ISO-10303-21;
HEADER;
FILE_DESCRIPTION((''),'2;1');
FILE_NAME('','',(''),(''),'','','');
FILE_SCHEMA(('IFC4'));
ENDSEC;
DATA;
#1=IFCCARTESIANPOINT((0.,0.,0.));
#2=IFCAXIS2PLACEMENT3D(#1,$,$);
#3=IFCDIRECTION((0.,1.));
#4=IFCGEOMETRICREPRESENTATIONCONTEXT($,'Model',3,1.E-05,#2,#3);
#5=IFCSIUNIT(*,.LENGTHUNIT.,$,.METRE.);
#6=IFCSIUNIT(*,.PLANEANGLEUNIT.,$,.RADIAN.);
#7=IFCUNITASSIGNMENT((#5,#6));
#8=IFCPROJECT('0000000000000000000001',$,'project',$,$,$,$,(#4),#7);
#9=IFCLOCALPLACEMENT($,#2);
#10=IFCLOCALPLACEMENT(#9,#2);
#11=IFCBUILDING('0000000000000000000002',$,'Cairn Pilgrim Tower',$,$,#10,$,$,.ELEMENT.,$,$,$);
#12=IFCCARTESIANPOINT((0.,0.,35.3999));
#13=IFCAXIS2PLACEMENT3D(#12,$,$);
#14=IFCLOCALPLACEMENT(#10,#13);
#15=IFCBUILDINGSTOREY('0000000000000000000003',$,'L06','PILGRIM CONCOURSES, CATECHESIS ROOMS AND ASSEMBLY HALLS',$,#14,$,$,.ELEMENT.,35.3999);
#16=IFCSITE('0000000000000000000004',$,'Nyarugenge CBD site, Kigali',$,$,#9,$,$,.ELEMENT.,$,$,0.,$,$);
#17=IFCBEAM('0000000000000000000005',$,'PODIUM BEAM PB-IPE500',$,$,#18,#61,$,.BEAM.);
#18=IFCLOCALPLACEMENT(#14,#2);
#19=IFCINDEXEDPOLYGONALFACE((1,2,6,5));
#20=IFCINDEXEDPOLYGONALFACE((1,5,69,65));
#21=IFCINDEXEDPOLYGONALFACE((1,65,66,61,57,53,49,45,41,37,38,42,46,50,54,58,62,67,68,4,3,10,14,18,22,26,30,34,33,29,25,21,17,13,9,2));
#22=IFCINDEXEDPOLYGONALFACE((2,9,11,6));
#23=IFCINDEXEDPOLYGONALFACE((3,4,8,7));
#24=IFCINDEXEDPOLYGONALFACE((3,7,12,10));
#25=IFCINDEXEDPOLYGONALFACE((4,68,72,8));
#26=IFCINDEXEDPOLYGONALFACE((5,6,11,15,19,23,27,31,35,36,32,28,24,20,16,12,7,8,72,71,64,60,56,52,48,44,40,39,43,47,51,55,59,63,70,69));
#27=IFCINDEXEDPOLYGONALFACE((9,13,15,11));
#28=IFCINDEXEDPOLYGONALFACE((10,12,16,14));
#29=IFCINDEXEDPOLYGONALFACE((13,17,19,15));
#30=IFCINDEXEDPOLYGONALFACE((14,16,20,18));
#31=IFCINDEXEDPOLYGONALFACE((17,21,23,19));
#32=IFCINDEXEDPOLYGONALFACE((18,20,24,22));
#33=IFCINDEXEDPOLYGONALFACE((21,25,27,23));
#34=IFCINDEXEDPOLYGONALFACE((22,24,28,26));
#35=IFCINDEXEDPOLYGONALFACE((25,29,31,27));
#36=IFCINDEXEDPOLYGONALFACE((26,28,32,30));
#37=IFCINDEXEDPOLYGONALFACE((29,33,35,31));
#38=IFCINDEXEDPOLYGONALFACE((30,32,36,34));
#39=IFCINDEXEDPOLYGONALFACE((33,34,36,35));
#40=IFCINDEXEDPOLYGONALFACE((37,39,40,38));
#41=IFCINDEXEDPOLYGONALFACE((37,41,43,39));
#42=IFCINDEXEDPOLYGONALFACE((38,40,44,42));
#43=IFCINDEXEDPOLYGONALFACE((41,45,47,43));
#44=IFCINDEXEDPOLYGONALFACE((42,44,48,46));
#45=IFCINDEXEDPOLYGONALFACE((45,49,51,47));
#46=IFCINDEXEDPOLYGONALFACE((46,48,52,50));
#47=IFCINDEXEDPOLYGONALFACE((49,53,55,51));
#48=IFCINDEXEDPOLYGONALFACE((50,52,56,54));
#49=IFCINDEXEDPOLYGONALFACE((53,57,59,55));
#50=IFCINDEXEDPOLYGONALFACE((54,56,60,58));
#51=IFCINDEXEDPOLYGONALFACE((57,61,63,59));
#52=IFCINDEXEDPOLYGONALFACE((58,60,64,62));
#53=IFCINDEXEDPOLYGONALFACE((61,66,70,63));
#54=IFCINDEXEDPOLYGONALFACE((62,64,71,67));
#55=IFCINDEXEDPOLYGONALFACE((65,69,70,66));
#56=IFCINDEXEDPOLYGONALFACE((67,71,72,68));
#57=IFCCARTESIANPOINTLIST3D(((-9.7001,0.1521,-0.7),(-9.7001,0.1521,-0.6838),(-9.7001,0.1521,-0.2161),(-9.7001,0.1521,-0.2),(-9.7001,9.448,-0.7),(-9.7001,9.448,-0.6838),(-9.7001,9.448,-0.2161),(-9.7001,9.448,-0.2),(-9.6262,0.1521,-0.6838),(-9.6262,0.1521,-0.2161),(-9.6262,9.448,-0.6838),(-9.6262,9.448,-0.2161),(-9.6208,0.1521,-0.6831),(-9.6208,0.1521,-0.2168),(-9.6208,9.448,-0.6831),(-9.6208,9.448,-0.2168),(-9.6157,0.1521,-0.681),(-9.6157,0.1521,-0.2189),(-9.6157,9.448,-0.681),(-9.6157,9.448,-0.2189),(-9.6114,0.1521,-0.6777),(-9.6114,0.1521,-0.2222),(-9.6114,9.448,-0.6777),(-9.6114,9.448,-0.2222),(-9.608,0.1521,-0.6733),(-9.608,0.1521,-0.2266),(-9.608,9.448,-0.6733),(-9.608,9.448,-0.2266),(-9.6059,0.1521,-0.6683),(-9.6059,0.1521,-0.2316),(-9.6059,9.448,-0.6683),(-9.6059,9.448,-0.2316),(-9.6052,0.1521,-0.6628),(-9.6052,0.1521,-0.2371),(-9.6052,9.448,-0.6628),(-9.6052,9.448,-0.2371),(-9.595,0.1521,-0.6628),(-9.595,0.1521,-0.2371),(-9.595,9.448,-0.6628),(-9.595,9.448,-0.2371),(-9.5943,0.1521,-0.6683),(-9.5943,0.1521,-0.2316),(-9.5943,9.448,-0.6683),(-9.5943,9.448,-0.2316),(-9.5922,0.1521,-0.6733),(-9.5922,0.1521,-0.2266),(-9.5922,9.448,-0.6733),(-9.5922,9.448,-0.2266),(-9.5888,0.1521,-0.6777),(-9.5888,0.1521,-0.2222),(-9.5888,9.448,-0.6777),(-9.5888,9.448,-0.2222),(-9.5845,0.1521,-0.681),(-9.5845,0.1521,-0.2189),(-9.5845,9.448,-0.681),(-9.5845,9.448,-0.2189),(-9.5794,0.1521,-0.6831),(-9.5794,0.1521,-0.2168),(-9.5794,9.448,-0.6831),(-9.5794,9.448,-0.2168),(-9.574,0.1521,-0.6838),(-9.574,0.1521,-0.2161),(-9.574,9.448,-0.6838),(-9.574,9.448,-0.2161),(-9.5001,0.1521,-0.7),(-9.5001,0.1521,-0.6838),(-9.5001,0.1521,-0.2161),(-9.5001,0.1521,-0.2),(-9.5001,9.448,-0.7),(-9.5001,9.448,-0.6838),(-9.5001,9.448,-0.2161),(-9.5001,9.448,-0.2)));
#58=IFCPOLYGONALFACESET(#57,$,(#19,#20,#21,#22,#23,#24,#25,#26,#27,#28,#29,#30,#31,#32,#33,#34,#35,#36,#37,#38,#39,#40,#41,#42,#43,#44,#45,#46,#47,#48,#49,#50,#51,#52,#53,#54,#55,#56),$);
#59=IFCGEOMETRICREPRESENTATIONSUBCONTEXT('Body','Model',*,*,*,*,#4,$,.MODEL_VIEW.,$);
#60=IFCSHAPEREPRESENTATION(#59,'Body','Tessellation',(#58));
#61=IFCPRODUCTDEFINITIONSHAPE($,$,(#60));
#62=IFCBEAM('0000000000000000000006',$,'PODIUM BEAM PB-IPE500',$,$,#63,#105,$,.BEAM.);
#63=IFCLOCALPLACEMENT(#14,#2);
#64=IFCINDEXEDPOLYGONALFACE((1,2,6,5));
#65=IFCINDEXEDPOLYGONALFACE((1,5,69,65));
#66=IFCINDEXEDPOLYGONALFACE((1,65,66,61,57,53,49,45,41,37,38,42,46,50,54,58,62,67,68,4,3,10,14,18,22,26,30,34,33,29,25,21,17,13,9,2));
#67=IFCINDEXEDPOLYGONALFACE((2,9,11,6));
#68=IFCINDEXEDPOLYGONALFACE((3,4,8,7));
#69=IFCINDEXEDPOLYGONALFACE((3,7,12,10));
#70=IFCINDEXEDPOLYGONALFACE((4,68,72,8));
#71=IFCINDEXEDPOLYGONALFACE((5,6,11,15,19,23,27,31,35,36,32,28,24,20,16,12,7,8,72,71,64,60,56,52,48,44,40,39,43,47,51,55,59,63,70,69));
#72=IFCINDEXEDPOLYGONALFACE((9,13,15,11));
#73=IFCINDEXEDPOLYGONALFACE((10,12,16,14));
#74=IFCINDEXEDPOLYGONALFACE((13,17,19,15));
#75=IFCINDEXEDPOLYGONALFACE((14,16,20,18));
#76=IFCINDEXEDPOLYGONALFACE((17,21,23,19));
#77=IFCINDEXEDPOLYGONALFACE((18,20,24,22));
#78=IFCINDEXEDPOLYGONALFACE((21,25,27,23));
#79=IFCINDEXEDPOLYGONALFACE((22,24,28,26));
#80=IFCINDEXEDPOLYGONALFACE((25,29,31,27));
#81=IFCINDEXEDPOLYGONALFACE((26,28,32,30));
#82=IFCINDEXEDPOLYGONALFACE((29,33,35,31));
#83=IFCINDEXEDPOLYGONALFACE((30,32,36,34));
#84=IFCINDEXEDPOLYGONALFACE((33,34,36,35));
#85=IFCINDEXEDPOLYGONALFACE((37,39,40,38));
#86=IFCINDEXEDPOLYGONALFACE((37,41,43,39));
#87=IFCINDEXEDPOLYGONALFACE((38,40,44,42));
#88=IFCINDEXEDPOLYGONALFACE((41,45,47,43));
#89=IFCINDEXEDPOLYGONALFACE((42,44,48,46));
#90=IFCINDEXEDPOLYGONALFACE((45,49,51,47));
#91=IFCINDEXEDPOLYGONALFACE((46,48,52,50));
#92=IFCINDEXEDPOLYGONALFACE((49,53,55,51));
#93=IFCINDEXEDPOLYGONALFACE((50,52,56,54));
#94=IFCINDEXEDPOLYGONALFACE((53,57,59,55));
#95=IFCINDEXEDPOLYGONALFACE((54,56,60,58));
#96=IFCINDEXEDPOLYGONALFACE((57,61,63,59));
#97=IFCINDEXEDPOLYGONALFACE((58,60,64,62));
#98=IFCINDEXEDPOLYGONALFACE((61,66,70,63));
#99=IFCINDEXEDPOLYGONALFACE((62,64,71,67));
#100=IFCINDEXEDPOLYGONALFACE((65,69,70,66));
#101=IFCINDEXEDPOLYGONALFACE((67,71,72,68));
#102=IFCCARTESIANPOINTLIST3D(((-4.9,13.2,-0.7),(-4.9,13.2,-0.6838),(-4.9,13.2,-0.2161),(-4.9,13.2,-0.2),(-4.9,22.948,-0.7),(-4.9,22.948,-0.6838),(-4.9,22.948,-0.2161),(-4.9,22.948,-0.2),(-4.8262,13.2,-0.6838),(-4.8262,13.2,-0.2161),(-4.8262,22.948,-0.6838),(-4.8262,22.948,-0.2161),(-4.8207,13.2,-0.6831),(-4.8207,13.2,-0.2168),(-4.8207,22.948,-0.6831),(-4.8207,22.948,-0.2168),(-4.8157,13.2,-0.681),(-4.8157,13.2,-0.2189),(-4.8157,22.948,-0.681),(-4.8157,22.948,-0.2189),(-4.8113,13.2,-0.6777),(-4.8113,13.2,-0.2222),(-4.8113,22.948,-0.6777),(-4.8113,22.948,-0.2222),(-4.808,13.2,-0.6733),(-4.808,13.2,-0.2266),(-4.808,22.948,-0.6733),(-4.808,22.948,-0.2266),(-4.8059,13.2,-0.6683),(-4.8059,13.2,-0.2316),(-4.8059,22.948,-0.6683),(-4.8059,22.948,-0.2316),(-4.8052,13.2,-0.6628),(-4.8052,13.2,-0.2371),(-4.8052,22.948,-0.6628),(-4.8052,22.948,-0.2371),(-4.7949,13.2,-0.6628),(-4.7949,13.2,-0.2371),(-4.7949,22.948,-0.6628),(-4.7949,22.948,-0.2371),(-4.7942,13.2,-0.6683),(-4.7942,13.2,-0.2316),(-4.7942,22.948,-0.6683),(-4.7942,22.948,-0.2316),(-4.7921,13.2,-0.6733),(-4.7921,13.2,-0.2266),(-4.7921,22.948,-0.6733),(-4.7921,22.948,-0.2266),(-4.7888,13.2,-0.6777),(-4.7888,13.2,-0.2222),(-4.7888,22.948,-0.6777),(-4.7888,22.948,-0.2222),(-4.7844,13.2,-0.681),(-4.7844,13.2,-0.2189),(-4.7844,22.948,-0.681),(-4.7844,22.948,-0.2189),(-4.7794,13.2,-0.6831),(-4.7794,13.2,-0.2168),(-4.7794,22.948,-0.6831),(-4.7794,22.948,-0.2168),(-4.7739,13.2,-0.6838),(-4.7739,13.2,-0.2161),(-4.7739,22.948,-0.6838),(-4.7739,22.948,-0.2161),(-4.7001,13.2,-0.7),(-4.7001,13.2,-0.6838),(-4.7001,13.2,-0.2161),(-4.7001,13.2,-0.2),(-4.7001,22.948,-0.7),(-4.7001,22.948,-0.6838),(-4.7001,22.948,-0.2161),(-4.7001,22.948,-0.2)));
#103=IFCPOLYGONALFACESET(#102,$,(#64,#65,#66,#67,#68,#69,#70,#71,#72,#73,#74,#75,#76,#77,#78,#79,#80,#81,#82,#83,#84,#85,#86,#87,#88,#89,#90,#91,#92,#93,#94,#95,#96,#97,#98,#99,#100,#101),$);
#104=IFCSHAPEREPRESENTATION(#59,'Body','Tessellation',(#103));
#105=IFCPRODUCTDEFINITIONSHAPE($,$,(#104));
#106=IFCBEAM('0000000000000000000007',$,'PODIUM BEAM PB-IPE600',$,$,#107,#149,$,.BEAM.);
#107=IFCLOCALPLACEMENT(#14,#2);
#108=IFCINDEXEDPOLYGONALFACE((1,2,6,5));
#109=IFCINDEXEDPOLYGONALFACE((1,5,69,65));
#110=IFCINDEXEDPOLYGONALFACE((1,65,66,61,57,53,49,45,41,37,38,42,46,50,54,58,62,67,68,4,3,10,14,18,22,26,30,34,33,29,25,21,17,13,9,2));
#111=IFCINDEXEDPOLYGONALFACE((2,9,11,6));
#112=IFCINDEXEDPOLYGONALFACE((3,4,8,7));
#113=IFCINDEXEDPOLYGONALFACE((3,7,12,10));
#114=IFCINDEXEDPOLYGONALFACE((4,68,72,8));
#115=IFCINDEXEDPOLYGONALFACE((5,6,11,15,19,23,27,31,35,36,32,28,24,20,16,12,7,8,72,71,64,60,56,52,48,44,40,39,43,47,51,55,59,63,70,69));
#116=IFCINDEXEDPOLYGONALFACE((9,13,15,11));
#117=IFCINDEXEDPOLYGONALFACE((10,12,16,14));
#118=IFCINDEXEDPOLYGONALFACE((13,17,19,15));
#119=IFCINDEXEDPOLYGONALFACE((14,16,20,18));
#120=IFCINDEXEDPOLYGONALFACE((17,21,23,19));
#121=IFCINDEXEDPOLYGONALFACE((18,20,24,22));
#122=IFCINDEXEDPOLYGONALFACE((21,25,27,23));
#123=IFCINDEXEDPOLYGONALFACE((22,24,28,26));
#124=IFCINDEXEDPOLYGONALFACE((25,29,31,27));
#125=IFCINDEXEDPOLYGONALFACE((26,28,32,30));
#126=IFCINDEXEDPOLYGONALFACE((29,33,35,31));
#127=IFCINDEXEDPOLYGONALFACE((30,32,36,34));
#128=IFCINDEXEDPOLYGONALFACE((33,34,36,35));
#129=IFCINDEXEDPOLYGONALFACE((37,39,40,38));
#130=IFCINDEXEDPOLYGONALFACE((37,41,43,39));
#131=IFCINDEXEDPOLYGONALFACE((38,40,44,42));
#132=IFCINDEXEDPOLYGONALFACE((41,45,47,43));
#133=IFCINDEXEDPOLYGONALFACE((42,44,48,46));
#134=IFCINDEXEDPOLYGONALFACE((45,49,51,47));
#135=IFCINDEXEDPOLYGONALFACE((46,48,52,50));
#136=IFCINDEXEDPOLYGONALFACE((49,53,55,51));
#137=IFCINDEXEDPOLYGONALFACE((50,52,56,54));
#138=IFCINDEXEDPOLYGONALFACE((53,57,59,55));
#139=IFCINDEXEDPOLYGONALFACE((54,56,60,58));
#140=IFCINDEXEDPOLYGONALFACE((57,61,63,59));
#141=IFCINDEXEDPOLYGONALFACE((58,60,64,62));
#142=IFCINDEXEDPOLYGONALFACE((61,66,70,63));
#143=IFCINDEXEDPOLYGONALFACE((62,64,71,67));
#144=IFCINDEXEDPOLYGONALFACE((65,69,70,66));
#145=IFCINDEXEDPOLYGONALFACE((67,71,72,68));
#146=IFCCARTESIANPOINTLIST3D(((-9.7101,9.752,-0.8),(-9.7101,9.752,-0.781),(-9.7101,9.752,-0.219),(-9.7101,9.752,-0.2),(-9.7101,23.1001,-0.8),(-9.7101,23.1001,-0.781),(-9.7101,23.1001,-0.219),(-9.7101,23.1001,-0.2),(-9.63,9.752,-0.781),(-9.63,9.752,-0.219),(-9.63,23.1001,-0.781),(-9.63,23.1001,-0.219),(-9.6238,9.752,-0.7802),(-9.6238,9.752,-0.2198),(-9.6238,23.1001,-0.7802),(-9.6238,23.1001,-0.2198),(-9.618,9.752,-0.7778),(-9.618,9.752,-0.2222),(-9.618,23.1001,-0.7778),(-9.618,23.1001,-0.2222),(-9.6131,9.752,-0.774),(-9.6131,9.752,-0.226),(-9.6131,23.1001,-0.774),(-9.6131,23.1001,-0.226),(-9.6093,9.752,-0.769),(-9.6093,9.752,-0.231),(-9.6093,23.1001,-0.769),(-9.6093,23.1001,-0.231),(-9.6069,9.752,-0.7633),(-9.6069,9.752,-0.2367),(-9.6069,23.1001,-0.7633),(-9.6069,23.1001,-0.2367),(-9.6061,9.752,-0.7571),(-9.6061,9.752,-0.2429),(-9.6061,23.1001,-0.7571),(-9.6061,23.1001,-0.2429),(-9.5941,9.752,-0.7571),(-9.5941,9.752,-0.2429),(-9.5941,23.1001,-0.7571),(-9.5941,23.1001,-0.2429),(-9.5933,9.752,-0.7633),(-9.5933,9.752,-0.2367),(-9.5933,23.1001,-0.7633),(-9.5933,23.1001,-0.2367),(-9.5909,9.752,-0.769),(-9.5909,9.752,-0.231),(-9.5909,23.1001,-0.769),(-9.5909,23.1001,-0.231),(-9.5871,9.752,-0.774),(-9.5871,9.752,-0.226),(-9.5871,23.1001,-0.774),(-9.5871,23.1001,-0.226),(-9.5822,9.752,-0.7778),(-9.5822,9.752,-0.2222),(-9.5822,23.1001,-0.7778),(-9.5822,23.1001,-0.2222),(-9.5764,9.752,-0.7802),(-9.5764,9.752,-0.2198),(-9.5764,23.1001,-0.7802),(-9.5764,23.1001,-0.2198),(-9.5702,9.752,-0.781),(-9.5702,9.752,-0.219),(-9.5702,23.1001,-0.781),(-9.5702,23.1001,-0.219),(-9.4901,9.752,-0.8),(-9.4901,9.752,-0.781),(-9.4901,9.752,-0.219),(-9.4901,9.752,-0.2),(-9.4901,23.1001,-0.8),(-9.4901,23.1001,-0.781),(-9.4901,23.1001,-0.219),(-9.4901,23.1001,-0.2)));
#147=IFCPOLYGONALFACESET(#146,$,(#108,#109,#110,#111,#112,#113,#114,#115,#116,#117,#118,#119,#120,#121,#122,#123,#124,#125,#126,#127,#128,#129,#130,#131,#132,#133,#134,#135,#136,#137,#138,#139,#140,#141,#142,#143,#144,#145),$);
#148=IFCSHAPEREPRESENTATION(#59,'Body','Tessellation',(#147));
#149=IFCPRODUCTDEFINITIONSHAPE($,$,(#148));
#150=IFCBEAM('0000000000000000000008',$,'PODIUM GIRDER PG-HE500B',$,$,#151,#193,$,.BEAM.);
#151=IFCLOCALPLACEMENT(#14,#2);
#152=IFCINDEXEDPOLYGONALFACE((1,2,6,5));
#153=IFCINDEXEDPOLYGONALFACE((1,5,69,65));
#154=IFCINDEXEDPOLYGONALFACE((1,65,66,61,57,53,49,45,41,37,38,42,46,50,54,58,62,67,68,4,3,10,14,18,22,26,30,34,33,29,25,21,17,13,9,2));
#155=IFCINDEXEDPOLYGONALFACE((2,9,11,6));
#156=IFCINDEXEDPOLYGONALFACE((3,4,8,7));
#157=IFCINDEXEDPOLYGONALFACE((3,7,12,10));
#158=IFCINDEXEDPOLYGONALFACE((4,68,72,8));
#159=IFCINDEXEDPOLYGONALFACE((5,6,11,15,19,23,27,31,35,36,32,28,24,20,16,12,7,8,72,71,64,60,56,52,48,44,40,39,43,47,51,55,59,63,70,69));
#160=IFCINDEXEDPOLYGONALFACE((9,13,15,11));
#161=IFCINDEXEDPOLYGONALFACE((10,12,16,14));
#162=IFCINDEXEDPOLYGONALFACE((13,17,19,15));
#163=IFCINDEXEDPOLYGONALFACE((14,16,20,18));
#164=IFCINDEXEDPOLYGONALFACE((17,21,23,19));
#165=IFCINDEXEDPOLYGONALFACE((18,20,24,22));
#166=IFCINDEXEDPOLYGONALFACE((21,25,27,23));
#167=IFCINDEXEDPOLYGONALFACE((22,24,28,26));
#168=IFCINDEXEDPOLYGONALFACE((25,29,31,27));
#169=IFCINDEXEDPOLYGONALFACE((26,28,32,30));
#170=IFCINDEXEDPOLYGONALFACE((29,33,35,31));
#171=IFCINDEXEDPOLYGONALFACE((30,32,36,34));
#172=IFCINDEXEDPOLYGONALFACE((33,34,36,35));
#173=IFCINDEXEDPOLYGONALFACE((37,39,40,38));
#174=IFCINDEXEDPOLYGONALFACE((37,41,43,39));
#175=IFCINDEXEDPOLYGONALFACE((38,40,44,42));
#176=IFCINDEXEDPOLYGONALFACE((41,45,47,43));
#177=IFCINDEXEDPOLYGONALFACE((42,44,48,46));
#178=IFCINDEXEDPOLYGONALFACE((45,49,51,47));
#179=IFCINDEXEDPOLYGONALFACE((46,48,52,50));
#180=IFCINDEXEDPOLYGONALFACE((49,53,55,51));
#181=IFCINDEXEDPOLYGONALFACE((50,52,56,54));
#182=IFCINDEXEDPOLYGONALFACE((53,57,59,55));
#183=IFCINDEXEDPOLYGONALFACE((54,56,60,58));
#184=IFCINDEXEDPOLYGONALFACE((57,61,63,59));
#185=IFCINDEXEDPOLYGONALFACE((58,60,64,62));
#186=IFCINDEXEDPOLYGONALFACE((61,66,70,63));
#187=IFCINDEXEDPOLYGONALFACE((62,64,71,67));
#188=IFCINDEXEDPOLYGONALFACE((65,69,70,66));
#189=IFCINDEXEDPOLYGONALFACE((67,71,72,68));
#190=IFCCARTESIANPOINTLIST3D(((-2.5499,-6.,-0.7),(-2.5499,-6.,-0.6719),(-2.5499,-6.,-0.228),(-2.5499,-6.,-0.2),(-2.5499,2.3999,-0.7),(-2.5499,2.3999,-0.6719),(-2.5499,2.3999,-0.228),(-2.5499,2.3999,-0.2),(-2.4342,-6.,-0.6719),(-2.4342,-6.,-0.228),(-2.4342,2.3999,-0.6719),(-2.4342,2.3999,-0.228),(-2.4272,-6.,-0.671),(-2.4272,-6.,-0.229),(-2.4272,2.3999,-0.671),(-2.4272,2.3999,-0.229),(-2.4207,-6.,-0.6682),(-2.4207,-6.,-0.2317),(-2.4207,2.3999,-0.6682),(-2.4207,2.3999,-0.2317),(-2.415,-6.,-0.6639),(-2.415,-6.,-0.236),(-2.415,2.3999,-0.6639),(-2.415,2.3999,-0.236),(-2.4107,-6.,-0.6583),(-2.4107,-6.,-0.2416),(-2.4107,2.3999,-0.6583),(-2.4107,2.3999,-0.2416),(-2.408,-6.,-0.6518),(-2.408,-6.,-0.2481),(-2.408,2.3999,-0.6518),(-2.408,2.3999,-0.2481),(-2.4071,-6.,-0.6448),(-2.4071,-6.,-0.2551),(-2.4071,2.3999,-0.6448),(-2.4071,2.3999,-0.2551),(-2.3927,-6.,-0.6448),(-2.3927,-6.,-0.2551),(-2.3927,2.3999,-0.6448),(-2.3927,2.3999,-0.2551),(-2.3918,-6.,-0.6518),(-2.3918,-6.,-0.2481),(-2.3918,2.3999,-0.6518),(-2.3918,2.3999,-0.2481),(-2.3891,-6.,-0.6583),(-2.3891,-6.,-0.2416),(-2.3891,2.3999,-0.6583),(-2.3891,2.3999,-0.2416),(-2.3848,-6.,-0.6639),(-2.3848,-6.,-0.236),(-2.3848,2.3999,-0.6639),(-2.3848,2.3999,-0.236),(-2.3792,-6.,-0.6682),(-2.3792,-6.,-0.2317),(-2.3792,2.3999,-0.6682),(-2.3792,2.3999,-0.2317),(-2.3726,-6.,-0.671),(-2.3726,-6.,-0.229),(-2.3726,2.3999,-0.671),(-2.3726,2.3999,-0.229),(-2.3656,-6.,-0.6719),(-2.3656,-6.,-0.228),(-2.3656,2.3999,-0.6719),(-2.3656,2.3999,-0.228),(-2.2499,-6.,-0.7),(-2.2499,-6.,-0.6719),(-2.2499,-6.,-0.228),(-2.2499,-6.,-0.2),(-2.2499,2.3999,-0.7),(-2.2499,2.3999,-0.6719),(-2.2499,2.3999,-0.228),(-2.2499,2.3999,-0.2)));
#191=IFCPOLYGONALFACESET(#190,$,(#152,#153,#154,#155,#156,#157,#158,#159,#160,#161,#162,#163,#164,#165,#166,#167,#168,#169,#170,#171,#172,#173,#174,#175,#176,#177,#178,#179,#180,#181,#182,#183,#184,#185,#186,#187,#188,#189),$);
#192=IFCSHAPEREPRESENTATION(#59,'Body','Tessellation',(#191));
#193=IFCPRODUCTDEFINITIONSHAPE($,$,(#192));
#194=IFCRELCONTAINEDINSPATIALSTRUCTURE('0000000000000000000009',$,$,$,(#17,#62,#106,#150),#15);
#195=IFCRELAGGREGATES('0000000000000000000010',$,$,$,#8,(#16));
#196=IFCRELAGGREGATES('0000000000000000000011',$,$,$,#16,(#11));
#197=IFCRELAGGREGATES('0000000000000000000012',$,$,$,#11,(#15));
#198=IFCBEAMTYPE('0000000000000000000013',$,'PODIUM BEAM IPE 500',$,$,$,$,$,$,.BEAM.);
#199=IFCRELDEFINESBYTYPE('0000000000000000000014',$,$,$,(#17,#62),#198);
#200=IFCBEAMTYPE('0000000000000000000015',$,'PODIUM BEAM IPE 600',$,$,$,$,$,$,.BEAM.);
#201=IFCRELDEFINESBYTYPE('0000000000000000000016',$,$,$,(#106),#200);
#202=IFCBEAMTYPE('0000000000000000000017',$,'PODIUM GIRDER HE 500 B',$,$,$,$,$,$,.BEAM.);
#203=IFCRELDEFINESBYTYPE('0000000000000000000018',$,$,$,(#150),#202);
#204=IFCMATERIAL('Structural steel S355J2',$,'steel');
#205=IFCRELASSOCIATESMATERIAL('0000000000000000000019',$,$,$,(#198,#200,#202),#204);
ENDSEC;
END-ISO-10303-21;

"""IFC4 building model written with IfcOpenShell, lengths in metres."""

from ifc_helpers import new_model, si_unit, direction, frame, origin, origin_2d, place, context, subcontext, project, spatial, i_section, extrude, material, material_profile, profile_set, type_object, element, save


model = new_model("IFC4")

# Units and contexts
model_context = context("Model", 3, precision=1e-05, world=origin(), true_north=direction((0.0, 1.0)))
body_context = subcontext(model_context, "Body", "Model", "MODEL_VIEW")
ifc_project = project(units=[si_unit("LENGTHUNIT", "METRE"), si_unit("PLANEANGLEUNIT", "RADIAN")], contexts=[model_context])

# Site, building, storey
site_placement = place(None, origin())
site = spatial("IfcSite", under=ifc_project, at=site_placement, Name="Nyarugenge CBD site, Kigali", CompositionType="ELEMENT", RefElevation=0.0)
building_placement = place(site_placement, origin())
building = spatial("IfcBuilding", under=site, at=building_placement, Name="Cairn Pilgrim Tower", CompositionType="ELEMENT")
storey_placement = place(building_placement, frame((0.0, 0.0, 35.3999)))
storey = spatial("IfcBuildingStorey", under=building, at=storey_placement, Name="L06", Description="PILGRIM CONCOURSES, CATECHESIS ROOMS AND ASSEMBLY HALLS", CompositionType="ELEMENT", Elevation=35.3999)

# Beams
ifc_material_1 = material(Name="Structural steel S355J2", Category="steel")
ifc_material_profile_1 = material_profile(ifc_material_1, i_section(OverallWidth=0.2, OverallDepth=0.5, WebThickness=0.0103, FlangeThickness=0.0161, FilletRadius=0.021, at=origin_2d()), Name="IPE 500")
ifc_profile_set_1 = profile_set([ifc_material_profile_1], Name="Structural steel S355J2")
beam_type_1 = type_object("IfcBeamType", Name="PODIUM BEAM IPE 500", PredefinedType="BEAM", material=ifc_profile_set_1)
beam_1_placement = place(storey_placement, frame((-9.6001, 0.1521, -0.45), z_axis=(0.0, 1.0, 0.0), x_axis=(-1.0, 0.0, 0.0)))
element("IfcBeam", 1, at=beam_1_placement, inside=storey, type_object=beam_type_1, Name="PODIUM BEAM PB-IPE500", PredefinedType="BEAM", context=body_context, shape_type="SweptSolid", body=[
    extrude(i_section(OverallWidth=0.2, OverallDepth=0.5, WebThickness=0.0103, FlangeThickness=0.0161, FilletRadius=0.021, at=origin_2d()), origin(), (0.0, 0.0, 1.0), 9.2959),
])
beam_2_placement = place(storey_placement, frame((-4.8, 13.2, -0.45), z_axis=(0.0, 1.0, 0.0), x_axis=(-1.0, 0.0, 0.0)))
element("IfcBeam", 2, at=beam_2_placement, inside=storey, type_object=beam_type_1, Name="PODIUM BEAM PB-IPE500", PredefinedType="BEAM", context=body_context, shape_type="SweptSolid", body=[
    extrude(i_section(OverallWidth=0.2, OverallDepth=0.5, WebThickness=0.0103, FlangeThickness=0.0161, FilletRadius=0.021, at=origin_2d()), origin(), (0.0, 0.0, 1.0), 9.748),
])
ifc_material_profile_2 = material_profile(ifc_material_1, i_section(OverallWidth=0.22, OverallDepth=0.6001, WebThickness=0.012, FlangeThickness=0.019, FilletRadius=0.0239, at=origin_2d()), Name="IPE 600")
ifc_profile_set_2 = profile_set([ifc_material_profile_2], Name="Structural steel S355J2")
beam_type_2 = type_object("IfcBeamType", Name="PODIUM BEAM IPE 600", PredefinedType="BEAM", material=ifc_profile_set_2)
beam_3_placement = place(storey_placement, frame((-9.6001, 9.752, -0.5), z_axis=(0.0, 1.0, 0.0), x_axis=(-1.0, 0.0, 0.0)))
element("IfcBeam", 3, at=beam_3_placement, inside=storey, type_object=beam_type_2, Name="PODIUM BEAM PB-IPE600", PredefinedType="BEAM", context=body_context, shape_type="SweptSolid", body=[
    extrude(i_section(OverallWidth=0.22, OverallDepth=0.6001, WebThickness=0.012, FlangeThickness=0.019, FilletRadius=0.0239, at=origin_2d()), origin(), (0.0, 0.0, 1.0), 13.3481),
])
ifc_material_profile_3 = material_profile(ifc_material_1, i_section(OverallWidth=0.3, OverallDepth=0.5, WebThickness=0.0144, FlangeThickness=0.0281, FilletRadius=0.0271, at=origin_2d()), Name="HEB 500")
ifc_profile_set_3 = profile_set([ifc_material_profile_3], Name="Structural steel S355J2")
beam_type_3 = type_object("IfcBeamType", Name="PODIUM GIRDER HE 500 B", PredefinedType="BEAM", material=ifc_profile_set_3)
beam_4_placement = place(storey_placement, frame((-2.3999, 2.3999, -0.45), z_axis=(0.0, -1.0, 0.0), x_axis=(1.0, 0.0, 0.0)))
element("IfcBeam", 4, at=beam_4_placement, inside=storey, type_object=beam_type_3, Name="PODIUM GIRDER PG-HE500B", PredefinedType="BEAM", context=body_context, shape_type="SweptSolid", body=[
    extrude(i_section(OverallWidth=0.3, OverallDepth=0.5, WebThickness=0.0144, FlangeThickness=0.0281, FilletRadius=0.0271, at=origin_2d()), origin(), (0.0, 0.0, 1.0), 8.3999),
])

save(model, "model.ifc")
